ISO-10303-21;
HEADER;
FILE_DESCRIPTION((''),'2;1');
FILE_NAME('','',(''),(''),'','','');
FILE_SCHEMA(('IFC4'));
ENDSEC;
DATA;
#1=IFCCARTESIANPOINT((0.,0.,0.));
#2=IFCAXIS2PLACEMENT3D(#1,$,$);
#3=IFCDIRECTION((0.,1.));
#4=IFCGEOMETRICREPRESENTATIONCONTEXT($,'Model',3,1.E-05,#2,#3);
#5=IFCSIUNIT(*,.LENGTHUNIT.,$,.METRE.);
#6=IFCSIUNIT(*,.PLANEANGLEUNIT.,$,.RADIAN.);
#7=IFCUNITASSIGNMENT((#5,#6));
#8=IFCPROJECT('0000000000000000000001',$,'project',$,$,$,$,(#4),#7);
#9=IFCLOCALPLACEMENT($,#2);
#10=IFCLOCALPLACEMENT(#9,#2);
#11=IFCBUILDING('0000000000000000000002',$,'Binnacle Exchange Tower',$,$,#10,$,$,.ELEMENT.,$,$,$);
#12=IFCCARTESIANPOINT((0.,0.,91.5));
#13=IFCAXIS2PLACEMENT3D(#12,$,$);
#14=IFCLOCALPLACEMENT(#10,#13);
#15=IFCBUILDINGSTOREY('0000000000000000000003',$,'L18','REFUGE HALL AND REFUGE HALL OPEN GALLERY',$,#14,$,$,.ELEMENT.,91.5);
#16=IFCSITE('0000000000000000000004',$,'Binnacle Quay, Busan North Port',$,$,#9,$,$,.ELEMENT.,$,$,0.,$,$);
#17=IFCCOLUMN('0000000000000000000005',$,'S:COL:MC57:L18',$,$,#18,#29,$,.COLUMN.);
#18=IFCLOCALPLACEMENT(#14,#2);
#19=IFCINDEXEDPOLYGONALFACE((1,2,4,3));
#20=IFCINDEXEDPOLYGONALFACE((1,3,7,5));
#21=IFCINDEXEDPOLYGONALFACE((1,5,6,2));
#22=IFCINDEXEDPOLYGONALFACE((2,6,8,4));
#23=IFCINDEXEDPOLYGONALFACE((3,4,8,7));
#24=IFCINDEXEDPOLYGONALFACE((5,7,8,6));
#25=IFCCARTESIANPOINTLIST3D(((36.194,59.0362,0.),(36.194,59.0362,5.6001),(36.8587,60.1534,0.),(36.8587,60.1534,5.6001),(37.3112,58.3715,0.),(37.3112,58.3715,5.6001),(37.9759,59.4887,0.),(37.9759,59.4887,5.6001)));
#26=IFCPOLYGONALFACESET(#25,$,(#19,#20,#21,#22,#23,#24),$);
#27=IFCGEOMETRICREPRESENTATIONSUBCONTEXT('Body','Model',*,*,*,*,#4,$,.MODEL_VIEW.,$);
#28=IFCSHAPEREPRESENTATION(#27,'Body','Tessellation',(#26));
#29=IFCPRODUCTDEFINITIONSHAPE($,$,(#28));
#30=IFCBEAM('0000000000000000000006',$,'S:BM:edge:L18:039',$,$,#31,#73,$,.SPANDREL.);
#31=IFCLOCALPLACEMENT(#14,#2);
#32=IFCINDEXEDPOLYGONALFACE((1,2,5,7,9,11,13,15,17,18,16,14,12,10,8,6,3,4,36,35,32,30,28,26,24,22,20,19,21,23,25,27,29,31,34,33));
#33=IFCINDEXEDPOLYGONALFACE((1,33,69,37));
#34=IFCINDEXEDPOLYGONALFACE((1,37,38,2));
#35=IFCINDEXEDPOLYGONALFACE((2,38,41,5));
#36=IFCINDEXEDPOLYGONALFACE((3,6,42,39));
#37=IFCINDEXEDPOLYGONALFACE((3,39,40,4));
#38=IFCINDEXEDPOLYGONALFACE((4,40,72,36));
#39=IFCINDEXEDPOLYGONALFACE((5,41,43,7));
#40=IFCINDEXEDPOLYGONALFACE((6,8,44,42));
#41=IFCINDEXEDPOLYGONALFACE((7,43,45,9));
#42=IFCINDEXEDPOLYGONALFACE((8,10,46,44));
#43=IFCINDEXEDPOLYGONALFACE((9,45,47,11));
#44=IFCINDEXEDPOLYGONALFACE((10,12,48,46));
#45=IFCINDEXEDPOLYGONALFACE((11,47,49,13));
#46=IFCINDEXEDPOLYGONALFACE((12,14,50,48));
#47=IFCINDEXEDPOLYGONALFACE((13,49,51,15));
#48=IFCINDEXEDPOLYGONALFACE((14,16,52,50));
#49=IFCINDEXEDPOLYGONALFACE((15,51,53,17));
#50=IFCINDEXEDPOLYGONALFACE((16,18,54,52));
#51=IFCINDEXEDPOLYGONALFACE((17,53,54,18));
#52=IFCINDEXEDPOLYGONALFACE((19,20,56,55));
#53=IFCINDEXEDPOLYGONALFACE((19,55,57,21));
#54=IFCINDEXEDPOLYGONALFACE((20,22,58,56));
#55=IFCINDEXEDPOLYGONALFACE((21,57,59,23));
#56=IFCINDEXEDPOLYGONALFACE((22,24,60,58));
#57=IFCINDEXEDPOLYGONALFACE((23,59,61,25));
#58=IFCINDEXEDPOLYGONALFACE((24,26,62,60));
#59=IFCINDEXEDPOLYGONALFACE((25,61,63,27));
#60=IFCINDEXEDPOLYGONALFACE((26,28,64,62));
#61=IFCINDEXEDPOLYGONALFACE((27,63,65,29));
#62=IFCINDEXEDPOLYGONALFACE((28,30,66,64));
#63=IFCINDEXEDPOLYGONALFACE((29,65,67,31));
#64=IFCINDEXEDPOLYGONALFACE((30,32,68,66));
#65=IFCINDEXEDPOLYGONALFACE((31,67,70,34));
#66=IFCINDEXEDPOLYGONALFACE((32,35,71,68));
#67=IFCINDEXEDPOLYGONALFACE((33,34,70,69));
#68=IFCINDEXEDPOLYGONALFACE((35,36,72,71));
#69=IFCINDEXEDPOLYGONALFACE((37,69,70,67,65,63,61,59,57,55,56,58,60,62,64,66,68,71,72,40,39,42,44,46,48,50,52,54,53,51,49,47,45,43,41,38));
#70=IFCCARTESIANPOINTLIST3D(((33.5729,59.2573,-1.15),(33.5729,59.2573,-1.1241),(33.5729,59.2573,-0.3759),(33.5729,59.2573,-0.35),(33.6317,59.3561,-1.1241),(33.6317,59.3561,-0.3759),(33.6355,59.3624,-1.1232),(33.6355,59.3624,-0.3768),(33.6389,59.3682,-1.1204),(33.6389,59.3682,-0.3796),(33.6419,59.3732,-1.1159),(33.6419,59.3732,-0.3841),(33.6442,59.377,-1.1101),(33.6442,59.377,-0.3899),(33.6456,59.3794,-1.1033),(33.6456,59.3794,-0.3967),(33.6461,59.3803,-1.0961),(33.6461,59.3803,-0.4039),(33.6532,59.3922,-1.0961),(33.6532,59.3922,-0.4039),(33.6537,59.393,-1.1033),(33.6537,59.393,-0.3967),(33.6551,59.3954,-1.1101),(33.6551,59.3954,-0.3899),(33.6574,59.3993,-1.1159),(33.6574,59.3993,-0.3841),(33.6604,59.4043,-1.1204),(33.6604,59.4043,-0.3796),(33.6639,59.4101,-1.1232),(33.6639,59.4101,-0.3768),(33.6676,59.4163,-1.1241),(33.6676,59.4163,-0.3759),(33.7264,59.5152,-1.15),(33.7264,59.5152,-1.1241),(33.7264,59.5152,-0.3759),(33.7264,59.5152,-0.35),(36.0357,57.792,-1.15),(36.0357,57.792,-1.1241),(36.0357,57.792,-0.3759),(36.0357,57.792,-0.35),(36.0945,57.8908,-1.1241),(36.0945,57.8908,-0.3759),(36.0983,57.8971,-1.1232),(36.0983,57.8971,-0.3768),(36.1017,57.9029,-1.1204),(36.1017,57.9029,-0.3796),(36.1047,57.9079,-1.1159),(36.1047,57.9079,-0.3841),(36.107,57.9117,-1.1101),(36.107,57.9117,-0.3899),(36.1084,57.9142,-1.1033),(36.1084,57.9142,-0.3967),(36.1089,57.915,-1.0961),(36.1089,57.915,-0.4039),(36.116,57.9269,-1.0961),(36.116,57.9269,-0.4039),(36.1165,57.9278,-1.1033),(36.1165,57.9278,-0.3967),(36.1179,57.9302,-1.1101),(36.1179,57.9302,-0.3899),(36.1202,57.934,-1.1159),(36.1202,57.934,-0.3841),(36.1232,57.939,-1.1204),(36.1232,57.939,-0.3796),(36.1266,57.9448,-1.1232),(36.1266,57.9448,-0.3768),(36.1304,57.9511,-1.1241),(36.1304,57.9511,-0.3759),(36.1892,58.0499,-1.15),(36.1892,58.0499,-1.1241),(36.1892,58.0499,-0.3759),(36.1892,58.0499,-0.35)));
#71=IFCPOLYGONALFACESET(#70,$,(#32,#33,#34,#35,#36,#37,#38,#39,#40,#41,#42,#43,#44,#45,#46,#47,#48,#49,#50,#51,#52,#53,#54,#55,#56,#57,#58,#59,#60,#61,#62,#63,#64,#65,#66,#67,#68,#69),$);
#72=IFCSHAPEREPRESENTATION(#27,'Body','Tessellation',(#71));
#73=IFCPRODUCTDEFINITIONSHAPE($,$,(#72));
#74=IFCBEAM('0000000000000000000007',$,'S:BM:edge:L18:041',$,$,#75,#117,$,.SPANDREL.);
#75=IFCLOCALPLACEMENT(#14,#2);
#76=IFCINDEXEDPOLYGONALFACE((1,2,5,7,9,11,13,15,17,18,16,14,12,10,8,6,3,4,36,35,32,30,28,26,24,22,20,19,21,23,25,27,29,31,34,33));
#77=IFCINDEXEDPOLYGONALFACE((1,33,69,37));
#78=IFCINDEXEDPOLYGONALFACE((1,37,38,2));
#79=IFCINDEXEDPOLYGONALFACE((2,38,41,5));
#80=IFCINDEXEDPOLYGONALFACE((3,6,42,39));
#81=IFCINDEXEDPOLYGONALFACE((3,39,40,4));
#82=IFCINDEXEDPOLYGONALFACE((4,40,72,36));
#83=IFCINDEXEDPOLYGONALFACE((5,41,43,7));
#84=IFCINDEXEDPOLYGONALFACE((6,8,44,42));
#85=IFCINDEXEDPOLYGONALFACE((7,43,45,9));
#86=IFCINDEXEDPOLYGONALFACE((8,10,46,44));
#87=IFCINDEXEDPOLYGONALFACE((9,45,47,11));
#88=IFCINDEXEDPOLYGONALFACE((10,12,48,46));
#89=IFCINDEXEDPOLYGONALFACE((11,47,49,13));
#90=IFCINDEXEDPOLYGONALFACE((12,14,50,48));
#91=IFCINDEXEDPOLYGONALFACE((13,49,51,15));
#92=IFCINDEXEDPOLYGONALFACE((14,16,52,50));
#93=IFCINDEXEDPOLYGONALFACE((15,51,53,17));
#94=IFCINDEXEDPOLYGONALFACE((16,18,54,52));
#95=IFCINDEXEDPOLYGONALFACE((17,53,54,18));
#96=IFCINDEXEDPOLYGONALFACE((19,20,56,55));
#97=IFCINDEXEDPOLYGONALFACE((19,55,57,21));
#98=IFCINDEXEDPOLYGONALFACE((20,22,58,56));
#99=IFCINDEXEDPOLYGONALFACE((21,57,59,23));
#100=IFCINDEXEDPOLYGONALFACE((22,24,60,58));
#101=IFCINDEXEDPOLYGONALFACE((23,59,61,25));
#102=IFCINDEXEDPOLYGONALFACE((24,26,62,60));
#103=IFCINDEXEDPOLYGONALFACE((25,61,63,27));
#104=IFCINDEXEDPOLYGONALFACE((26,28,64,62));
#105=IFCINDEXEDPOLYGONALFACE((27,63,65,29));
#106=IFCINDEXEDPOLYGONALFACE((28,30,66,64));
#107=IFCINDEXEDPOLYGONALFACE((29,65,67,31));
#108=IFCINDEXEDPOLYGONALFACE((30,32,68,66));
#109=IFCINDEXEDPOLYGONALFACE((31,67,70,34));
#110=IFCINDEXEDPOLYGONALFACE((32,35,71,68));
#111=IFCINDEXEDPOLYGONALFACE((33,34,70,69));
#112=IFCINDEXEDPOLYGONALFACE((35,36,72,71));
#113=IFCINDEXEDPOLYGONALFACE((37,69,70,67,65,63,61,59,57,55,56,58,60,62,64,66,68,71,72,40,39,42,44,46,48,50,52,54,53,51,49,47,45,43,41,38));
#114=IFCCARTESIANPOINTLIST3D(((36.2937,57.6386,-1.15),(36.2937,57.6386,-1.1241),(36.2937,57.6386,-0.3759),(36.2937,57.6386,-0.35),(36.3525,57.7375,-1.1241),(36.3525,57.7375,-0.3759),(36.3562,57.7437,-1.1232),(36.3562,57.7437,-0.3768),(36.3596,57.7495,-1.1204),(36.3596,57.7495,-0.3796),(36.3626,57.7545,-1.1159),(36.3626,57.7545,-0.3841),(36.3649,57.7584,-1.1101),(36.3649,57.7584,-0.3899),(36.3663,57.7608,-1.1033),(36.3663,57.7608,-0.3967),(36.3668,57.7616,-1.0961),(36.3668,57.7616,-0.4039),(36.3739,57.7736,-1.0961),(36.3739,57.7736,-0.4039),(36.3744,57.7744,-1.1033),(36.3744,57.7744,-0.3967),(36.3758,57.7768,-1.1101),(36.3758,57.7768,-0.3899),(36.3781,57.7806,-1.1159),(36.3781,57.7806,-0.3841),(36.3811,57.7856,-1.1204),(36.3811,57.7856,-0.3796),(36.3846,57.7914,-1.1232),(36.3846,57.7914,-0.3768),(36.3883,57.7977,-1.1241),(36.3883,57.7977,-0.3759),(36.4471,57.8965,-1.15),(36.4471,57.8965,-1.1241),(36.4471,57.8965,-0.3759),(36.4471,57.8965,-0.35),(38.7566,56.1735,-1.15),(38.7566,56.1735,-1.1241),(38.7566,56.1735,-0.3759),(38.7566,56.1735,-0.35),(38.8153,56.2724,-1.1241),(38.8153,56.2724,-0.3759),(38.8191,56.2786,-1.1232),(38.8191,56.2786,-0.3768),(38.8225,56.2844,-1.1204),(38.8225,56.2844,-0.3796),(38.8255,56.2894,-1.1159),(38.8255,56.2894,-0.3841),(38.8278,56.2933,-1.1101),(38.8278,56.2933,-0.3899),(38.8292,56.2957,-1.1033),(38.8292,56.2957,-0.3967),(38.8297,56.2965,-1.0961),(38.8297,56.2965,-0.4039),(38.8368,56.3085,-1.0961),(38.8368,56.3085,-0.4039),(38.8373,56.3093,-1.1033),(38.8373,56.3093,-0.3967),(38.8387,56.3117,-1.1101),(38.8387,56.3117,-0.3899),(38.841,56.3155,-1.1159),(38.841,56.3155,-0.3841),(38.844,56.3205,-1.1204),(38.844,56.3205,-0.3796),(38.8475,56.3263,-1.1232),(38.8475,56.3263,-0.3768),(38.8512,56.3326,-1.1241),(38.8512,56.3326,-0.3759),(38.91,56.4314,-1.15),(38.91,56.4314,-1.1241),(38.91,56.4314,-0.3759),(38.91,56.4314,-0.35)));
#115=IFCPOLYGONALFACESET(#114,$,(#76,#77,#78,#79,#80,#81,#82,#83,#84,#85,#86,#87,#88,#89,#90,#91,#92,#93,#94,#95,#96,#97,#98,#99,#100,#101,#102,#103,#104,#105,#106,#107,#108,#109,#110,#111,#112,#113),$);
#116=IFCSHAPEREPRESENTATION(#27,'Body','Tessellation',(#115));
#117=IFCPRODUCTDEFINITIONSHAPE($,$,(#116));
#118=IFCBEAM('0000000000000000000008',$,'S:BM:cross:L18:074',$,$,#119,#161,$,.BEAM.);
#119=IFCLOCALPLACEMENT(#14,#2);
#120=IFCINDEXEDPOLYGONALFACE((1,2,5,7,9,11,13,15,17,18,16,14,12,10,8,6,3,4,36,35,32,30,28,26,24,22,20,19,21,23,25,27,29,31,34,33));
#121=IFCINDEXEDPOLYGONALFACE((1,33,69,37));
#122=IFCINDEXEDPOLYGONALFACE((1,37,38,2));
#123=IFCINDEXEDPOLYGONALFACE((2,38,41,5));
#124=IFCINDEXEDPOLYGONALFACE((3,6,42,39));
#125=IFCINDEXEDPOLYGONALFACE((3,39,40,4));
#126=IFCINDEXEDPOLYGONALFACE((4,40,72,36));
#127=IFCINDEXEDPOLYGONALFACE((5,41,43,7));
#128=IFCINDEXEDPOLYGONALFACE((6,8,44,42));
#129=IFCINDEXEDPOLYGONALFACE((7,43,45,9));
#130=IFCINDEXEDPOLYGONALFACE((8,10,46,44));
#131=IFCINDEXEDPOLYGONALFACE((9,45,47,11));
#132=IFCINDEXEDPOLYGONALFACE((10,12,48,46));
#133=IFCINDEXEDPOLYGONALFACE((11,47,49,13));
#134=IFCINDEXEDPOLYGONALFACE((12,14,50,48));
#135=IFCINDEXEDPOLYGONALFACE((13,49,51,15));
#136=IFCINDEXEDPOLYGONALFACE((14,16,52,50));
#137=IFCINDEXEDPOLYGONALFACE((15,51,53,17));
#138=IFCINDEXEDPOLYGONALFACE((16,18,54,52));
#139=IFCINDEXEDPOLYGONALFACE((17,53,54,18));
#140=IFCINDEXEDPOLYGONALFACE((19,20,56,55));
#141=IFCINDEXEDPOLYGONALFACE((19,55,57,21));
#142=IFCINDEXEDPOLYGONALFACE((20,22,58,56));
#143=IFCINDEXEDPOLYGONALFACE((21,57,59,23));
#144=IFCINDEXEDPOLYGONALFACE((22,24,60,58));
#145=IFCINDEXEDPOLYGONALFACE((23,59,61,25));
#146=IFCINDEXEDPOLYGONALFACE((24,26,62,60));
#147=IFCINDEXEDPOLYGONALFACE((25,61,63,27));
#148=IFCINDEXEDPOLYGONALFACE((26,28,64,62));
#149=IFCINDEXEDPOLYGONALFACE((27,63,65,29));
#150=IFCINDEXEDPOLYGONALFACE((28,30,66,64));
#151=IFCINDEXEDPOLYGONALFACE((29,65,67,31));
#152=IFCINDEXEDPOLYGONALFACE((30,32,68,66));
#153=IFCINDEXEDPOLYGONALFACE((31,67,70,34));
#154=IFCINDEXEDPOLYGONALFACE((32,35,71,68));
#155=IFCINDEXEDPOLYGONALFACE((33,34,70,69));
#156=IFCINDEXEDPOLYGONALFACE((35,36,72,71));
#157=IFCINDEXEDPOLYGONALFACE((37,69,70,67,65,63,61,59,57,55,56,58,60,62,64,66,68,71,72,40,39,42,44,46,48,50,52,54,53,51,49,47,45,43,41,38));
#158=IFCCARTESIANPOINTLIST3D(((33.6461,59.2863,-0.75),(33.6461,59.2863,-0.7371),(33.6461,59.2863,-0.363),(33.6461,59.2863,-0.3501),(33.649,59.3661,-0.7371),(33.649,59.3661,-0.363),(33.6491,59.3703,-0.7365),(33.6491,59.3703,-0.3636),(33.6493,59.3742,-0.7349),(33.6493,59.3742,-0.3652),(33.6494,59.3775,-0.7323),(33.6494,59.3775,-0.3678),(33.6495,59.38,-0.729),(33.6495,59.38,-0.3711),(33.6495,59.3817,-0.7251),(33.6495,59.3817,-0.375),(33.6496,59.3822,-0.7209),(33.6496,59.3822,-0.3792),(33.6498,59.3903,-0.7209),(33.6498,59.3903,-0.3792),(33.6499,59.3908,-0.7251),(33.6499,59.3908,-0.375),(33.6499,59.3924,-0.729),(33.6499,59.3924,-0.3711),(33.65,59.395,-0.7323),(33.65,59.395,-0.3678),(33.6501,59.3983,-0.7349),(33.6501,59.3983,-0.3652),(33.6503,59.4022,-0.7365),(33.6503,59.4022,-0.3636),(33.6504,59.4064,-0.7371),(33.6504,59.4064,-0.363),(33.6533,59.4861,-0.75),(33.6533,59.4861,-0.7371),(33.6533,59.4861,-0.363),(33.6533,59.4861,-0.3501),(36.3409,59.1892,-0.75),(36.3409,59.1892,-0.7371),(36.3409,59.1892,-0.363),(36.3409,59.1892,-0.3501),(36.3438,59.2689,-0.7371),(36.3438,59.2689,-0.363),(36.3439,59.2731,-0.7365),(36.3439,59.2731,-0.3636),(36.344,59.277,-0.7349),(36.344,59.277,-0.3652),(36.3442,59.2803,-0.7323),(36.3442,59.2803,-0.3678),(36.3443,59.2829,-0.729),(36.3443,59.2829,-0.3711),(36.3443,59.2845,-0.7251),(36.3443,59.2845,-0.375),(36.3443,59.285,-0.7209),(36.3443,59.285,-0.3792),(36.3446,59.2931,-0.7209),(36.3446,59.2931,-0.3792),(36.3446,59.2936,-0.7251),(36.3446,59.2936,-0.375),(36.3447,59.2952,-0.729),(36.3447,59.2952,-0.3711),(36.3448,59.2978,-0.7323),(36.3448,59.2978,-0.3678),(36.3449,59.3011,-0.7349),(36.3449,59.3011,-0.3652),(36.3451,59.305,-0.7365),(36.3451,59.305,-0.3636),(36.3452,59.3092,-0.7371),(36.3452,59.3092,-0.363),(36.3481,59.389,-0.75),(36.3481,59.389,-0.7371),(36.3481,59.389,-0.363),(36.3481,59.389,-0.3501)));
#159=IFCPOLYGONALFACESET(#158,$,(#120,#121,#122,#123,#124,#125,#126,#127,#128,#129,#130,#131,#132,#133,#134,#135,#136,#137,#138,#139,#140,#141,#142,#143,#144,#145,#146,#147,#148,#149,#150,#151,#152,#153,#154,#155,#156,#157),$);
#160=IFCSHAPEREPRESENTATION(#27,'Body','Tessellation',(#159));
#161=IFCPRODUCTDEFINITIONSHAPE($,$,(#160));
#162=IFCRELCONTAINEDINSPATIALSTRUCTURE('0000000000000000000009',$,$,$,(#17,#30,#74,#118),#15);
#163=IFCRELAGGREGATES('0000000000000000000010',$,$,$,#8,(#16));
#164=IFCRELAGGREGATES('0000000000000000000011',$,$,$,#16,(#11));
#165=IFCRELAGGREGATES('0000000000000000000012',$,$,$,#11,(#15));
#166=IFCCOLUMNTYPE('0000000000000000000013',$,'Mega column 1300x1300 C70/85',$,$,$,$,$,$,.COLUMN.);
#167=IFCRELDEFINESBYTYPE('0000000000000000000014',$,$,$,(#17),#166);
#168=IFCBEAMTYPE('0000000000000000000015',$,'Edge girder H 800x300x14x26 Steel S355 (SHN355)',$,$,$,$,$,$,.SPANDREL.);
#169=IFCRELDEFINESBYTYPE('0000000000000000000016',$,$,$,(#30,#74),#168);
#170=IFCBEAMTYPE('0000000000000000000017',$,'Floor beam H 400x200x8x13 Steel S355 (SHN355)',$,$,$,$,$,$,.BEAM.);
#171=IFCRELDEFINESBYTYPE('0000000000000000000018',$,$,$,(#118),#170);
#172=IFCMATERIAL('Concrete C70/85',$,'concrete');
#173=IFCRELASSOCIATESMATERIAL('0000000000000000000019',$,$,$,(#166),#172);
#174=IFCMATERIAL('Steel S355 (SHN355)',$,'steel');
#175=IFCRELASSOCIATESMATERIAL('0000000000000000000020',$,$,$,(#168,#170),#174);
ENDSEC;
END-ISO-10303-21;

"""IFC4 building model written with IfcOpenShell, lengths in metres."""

from ifc_helpers import new_model, si_unit, direction, frame, origin, origin_2d, place, context, subcontext, project, spatial, rectangle, i_section, extrude, material, material_profile, profile_set, type_object, element, save


model = new_model("IFC4")

# Units and contexts
model_context = context("Model", 3, precision=1e-05, world=origin(), true_north=direction((0.0, 1.0)))
body_context = subcontext(model_context, "Body", "Model", "MODEL_VIEW")
ifc_project = project(units=[si_unit("LENGTHUNIT", "METRE"), si_unit("PLANEANGLEUNIT", "RADIAN")], contexts=[model_context])

# Site, building, storey
site_placement = place(None, origin())
site = spatial("IfcSite", under=ifc_project, at=site_placement, Name="Binnacle Quay, Busan North Port", CompositionType="ELEMENT", RefElevation=0.0)
building_placement = place(site_placement, origin())
building = spatial("IfcBuilding", under=site, at=building_placement, Name="Binnacle Exchange Tower", CompositionType="ELEMENT")
storey_placement = place(building_placement, frame((0.0, 0.0, 91.5)))
storey = spatial("IfcBuildingStorey", under=building, at=storey_placement, Name="L18", Description="REFUGE HALL AND REFUGE HALL OPEN GALLERY", CompositionType="ELEMENT", Elevation=91.5)

# Column
ifc_material_1 = material(Name="Concrete C70/85", Category="concrete")
ifc_material_profile_1 = material_profile(ifc_material_1, rectangle(XDim=1.3, YDim=1.3, at=origin_2d()), Name="Mega column 1300x1300 C70/85")
ifc_profile_set_1 = profile_set([ifc_material_profile_1], Name="Concrete C70/85")
column_type = type_object("IfcColumnType", Name="Mega column 1300x1300 C70/85", PredefinedType="COLUMN", material=ifc_profile_set_1)
column_placement = place(storey_placement, frame((37.085, 59.2625, 0.0), z_axis=(0.0, 0.0, 1.0), x_axis=(-0.859406, 0.511293, 0.0)))
element("IfcColumn", 1, at=column_placement, inside=storey, type_object=column_type, Name="S:COL:MC57:L18", PredefinedType="COLUMN", context=body_context, shape_type="SweptSolid", body=[
    extrude(rectangle(XDim=1.3, YDim=1.3, at=origin_2d()), origin(), (0.0, 0.0, 1.0), 5.6001),
])

# Beams
ifc_material_2 = material(Name="Steel S355 (SHN355)", Category="steel")
ifc_material_profile_2 = material_profile(ifc_material_2, i_section(OverallWidth=0.3, OverallDepth=0.8, WebThickness=0.0139, FlangeThickness=0.0259, FilletRadius=0.0281, at=origin_2d()), Name="H 800x300x14x26")
ifc_profile_set_2 = profile_set([ifc_material_profile_2], Name="Steel S355 (SHN355)")
beam_type_1 = type_object("IfcBeamType", Name="Edge girder H 800x300x14x26 Steel S355 (SHN355)", PredefinedType="SPANDREL", material=ifc_profile_set_2)
for number, where, z_axis, x_axis, name in (
    (2, (33.6497, 59.3862, -0.75), (0.859396, -0.51131, 0.0), (0.51131, 0.859396, 0.0), "S:BM:edge:L18:039"),
    (3, (36.3704, 57.7676, -0.75), (0.859434, -0.511247, 0.0), (0.511247, 0.859434, 0.0), "S:BM:edge:L18:041"),
):
    element("IfcBeam", number, at=place(storey_placement, frame(where, z_axis=z_axis, x_axis=x_axis)), inside=storey, type_object=beam_type_1, Name=name, PredefinedType="SPANDREL", context=body_context, shape_type="SweptSolid", body=[
        extrude(i_section(OverallWidth=0.3, OverallDepth=0.8, WebThickness=0.0139, FlangeThickness=0.0259, FilletRadius=0.0281, at=origin_2d()), origin(), (0.0, 0.0, 1.0), 2.8657),
    ])
ifc_material_profile_3 = material_profile(ifc_material_2, i_section(OverallWidth=0.2, OverallDepth=0.3999, WebThickness=0.0081, FlangeThickness=0.0129, FilletRadius=0.0161, at=origin_2d()), Name="H 400x200x8x13")
ifc_profile_set_3 = profile_set([ifc_material_profile_3], Name="Steel S355 (SHN355)")
beam_type_2 = type_object("IfcBeamType", Name="Floor beam H 400x200x8x13 Steel S355 (SHN355)", PredefinedType="BEAM", material=ifc_profile_set_3)
beam_1_placement = place(storey_placement, frame((36.3445, 59.2891, -0.55), z_axis=(-0.999351, 0.036034, 0.0), x_axis=(-0.036034, -0.999351, 0.0)))
element("IfcBeam", 4, at=beam_1_placement, inside=storey, type_object=beam_type_2, Name="S:BM:cross:L18:074", PredefinedType="BEAM", context=body_context, shape_type="SweptSolid", body=[
    extrude(i_section(OverallWidth=0.2, OverallDepth=0.3999, WebThickness=0.0081, FlangeThickness=0.0129, FilletRadius=0.0161, at=origin_2d()), origin(), (0.0, 0.0, 1.0), 2.6965),
])

save(model, "model.ifc")
